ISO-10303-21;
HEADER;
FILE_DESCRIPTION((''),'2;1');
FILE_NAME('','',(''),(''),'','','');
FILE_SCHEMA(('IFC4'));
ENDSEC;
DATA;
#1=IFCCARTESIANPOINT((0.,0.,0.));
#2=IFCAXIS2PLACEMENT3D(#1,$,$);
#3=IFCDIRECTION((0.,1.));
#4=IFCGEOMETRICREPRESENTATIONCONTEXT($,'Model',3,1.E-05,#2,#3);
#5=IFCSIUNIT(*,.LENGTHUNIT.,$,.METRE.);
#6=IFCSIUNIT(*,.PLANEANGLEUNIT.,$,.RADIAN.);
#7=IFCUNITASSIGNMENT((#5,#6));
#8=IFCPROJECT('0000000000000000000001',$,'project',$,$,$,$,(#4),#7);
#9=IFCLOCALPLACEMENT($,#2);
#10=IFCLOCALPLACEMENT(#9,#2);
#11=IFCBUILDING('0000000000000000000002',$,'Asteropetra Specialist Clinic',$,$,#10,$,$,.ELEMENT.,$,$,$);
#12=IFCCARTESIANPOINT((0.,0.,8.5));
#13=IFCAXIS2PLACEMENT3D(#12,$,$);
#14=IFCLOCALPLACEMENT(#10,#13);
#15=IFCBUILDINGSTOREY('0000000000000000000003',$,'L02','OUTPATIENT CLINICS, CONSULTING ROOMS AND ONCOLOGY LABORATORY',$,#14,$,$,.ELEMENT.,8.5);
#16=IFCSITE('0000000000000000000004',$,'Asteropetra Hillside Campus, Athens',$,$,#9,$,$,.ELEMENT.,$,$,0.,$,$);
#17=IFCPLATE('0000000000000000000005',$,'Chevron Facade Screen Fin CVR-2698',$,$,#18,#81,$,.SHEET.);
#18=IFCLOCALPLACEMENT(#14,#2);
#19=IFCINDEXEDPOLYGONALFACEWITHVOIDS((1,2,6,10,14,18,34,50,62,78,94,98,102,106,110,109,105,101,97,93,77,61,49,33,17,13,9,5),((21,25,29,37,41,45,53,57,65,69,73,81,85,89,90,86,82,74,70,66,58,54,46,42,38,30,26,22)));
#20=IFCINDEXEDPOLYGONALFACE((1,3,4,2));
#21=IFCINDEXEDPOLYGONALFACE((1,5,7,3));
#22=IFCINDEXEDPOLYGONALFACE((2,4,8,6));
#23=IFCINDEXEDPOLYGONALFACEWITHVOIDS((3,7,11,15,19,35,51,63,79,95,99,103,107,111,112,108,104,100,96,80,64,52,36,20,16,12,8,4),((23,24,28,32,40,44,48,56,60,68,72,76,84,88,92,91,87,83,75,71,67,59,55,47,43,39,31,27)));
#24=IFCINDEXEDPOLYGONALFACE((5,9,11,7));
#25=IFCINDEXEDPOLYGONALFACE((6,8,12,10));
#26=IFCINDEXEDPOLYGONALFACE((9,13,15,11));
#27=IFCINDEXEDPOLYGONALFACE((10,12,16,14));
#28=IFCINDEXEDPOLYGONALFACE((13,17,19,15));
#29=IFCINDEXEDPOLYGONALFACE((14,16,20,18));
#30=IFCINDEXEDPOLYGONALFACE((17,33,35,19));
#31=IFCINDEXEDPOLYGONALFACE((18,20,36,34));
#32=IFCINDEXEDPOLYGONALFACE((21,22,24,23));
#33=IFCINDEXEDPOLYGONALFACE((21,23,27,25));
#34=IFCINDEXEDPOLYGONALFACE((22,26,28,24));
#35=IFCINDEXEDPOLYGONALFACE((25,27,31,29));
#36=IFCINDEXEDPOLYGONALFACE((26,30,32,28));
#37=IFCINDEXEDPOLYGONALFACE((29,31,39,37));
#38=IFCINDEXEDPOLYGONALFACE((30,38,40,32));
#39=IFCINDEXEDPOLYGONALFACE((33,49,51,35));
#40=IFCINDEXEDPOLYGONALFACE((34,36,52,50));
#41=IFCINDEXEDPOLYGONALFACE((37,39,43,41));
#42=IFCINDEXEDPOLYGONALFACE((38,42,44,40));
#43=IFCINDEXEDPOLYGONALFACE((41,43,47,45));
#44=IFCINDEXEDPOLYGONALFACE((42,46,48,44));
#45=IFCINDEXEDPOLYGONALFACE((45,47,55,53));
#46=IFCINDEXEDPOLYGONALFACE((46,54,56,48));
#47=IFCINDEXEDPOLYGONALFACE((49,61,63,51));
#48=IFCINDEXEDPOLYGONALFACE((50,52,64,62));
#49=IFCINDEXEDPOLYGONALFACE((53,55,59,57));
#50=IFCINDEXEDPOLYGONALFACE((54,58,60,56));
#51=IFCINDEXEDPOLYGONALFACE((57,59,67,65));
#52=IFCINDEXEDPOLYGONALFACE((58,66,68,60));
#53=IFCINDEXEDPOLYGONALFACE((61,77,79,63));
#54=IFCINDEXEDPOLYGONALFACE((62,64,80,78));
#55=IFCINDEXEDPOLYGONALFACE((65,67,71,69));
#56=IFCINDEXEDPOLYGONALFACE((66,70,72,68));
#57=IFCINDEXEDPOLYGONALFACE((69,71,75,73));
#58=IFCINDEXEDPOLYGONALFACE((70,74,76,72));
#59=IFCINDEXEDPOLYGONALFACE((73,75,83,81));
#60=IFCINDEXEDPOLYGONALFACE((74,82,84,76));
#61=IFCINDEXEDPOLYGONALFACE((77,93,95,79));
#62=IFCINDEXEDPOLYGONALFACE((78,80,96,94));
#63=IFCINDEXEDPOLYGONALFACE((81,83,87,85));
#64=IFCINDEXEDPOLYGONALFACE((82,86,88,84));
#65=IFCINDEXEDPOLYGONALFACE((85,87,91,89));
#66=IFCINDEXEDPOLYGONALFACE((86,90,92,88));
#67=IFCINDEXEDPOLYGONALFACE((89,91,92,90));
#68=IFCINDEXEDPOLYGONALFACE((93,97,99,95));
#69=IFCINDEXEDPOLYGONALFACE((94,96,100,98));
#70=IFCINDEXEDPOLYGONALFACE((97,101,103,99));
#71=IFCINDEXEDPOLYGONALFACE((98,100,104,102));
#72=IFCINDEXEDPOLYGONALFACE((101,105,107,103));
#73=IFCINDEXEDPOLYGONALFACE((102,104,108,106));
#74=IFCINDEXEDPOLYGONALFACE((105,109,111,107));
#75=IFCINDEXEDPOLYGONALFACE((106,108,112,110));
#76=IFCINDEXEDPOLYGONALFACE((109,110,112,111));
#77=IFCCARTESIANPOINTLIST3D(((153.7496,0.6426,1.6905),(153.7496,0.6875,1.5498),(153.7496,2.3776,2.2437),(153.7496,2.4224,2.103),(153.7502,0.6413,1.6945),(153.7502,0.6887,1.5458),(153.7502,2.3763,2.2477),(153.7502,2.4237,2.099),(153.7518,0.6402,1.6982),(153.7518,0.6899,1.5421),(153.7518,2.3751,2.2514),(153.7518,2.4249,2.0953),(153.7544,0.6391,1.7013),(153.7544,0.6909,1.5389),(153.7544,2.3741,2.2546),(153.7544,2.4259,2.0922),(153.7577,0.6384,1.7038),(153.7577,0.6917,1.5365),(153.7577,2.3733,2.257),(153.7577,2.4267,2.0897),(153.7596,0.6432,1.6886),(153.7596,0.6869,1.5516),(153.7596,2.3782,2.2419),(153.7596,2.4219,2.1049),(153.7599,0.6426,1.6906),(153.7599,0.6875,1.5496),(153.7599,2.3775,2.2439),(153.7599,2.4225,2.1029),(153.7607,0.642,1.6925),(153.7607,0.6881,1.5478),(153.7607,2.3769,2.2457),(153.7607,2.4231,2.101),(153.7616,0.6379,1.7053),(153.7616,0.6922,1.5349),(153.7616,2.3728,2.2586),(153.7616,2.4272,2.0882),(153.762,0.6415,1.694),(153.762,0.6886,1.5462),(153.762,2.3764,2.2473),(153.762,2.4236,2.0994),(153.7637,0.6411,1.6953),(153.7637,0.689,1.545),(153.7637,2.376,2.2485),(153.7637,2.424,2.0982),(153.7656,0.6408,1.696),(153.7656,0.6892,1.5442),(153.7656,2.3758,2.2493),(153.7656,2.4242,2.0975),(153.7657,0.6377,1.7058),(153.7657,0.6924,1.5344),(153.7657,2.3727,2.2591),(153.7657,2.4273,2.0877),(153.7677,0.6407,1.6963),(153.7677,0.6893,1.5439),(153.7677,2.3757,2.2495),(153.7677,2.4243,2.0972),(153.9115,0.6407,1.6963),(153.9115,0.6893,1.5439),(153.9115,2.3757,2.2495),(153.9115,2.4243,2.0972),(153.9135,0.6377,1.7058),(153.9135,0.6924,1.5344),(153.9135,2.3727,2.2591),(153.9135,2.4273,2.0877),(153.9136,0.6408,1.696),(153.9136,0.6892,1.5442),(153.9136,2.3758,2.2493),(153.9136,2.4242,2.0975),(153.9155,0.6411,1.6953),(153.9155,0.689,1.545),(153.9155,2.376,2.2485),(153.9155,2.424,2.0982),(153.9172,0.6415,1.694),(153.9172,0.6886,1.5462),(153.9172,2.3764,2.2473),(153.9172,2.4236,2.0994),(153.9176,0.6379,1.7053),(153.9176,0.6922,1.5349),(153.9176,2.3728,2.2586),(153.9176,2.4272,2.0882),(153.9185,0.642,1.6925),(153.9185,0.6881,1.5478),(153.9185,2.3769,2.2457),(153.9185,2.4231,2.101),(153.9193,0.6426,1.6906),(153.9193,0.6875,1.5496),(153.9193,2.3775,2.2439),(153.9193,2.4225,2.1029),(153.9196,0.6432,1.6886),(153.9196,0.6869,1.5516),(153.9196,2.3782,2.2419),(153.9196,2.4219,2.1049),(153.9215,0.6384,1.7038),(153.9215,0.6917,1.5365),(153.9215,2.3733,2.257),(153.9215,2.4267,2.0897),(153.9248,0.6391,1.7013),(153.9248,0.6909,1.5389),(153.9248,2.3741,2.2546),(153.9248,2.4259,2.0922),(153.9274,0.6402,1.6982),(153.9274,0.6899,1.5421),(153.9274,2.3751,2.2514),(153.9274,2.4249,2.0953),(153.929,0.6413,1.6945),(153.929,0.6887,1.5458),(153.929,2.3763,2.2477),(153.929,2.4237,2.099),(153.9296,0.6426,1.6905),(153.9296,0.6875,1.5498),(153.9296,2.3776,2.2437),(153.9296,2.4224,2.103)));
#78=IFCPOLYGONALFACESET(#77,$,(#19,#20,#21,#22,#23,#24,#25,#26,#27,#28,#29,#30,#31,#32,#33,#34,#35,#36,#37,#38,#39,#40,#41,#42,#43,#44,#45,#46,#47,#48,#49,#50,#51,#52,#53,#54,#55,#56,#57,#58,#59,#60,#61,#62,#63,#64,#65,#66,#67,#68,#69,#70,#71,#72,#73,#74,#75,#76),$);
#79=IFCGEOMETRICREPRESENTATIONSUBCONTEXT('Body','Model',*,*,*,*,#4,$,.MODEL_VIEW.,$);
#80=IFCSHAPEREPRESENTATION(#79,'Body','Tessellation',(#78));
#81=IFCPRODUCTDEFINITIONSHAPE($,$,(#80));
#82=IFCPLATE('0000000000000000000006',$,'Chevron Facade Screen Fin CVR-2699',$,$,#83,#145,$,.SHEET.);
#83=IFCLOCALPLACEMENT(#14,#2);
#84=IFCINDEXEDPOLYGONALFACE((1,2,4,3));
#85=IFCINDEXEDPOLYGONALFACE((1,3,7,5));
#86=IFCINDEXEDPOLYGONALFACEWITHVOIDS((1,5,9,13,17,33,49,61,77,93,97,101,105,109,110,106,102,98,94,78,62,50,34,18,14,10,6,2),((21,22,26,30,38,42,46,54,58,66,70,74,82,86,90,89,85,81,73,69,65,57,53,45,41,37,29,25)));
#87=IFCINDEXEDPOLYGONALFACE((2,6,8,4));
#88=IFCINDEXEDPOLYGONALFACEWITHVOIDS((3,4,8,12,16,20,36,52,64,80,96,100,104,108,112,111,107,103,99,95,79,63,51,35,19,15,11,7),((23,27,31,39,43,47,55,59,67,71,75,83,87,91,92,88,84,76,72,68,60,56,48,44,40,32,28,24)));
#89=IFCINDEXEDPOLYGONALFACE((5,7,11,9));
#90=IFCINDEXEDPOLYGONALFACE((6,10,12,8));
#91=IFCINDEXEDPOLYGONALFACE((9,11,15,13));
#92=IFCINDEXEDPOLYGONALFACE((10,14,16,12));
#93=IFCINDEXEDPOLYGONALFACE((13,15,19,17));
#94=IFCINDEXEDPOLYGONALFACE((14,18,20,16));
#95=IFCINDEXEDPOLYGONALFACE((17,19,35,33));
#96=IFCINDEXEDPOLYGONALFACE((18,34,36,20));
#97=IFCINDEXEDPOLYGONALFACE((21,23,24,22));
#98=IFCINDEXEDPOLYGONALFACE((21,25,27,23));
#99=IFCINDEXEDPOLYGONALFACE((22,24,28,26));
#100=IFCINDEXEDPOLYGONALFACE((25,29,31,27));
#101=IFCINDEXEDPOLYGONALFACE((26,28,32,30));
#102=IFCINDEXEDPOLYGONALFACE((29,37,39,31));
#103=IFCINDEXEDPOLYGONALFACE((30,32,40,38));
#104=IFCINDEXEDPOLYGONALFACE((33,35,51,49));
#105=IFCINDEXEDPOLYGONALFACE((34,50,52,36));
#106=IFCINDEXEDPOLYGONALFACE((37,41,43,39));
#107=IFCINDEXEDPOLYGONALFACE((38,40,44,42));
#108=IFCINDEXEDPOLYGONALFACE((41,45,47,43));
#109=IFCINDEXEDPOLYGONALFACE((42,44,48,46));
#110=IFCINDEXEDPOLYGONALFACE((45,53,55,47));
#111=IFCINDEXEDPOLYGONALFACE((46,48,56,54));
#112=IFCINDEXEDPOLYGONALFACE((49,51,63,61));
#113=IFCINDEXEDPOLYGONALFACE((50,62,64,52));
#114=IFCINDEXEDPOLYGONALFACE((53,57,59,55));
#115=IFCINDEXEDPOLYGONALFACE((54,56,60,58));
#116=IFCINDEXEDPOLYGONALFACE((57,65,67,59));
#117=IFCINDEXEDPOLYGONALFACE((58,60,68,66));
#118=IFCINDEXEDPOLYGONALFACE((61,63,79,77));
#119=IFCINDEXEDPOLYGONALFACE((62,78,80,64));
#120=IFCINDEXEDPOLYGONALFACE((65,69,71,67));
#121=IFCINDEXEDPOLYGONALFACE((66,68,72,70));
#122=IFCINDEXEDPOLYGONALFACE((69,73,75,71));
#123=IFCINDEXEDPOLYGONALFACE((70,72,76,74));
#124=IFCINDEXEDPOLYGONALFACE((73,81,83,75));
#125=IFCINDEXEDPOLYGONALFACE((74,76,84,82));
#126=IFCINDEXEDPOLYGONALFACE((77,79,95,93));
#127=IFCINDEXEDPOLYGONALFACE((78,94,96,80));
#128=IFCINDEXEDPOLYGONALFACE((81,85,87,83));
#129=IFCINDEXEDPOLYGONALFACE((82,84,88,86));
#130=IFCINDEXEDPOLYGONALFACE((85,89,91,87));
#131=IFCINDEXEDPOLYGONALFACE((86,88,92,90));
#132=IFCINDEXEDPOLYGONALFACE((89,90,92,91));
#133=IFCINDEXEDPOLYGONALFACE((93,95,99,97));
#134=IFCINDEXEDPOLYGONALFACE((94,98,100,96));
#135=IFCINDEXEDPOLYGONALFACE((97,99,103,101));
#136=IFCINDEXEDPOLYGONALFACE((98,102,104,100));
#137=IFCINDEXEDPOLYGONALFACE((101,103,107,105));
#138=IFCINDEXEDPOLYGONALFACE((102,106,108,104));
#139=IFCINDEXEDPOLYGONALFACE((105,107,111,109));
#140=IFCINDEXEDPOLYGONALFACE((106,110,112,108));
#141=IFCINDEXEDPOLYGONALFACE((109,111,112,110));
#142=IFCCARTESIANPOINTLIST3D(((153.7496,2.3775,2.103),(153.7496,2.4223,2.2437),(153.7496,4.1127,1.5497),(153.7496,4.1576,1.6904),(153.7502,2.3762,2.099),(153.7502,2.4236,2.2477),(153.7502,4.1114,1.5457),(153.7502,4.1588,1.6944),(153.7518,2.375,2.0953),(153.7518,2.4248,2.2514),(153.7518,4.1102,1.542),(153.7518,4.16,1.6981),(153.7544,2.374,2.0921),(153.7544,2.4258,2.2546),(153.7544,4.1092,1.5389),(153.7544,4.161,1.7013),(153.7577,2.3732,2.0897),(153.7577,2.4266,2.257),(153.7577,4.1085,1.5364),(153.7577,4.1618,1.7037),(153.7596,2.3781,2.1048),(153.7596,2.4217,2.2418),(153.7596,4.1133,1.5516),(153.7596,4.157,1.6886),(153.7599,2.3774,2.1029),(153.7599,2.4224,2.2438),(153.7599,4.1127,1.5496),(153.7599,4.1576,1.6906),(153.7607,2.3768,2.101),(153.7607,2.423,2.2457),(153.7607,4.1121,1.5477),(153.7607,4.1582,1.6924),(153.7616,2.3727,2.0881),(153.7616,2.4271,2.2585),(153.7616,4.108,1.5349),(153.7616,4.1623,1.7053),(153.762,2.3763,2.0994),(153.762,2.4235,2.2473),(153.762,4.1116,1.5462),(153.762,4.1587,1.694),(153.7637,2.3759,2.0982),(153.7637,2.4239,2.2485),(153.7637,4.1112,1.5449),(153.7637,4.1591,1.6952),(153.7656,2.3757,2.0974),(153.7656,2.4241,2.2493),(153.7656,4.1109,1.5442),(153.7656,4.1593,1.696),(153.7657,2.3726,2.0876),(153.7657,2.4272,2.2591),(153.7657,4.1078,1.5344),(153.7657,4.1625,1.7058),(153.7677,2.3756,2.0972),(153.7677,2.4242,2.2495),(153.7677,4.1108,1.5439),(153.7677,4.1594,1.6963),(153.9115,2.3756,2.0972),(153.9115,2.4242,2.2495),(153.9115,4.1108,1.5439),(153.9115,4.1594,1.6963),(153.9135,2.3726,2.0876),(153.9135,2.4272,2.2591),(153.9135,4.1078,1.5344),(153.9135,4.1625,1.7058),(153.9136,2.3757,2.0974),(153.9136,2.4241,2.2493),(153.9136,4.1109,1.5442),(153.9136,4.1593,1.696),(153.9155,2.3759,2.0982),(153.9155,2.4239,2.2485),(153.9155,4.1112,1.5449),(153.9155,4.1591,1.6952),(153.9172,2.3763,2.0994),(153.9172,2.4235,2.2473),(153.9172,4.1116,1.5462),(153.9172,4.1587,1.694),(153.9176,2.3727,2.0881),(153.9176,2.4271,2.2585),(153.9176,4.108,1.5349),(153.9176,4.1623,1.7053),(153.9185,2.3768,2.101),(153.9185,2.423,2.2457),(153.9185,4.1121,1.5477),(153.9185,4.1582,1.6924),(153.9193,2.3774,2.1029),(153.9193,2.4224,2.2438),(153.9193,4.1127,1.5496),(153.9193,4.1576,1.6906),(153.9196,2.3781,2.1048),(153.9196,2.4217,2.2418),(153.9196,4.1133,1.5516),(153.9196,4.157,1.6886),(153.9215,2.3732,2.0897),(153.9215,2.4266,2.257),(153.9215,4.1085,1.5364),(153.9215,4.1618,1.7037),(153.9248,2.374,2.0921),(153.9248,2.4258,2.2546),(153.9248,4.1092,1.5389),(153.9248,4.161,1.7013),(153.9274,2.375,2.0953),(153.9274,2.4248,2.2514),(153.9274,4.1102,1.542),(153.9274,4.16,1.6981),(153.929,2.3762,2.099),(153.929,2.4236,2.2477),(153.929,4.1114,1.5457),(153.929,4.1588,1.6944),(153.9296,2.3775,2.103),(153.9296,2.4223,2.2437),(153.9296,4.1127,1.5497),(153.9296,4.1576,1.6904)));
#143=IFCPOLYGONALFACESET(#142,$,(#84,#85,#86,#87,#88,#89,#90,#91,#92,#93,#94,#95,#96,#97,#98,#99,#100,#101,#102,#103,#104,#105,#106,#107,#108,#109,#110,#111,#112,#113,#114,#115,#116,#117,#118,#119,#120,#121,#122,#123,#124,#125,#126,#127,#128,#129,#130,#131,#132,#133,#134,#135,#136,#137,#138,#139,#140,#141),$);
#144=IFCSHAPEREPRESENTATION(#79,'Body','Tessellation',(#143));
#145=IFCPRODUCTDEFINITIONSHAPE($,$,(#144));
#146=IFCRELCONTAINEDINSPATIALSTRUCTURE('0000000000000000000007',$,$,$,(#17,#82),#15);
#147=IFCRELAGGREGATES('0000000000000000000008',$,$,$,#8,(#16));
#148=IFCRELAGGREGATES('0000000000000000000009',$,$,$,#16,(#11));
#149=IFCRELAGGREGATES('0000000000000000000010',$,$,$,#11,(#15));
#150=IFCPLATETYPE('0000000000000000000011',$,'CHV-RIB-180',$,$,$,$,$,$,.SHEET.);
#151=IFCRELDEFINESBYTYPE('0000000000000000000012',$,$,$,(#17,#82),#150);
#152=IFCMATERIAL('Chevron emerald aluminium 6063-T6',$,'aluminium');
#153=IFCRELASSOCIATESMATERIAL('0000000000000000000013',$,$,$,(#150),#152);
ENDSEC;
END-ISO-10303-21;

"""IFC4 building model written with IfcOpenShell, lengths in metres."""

from ifc_helpers import new_model, si_unit, direction, frame, origin, origin_2d, place, context, subcontext, project, spatial, hollow_rectangle, extrude, material, material_profile, profile_set, type_object, element, save


model = new_model("IFC4")

# Units and contexts
model_context = context("Model", 3, precision=1e-05, world=origin(), true_north=direction((0.0, 1.0)))
body_context = subcontext(model_context, "Body", "Model", "MODEL_VIEW")
ifc_project = project(units=[si_unit("LENGTHUNIT", "METRE"), si_unit("PLANEANGLEUNIT", "RADIAN")], contexts=[model_context])

# Site, building, storey
site_placement = place(None, origin())
site = spatial("IfcSite", under=ifc_project, at=site_placement, Name="Asteropetra Hillside Campus, Athens", CompositionType="ELEMENT", RefElevation=0.0)
building_placement = place(site_placement, origin())
building = spatial("IfcBuilding", under=site, at=building_placement, Name="Asteropetra Specialist Clinic", CompositionType="ELEMENT")
storey_placement = place(building_placement, frame((0.0, 0.0, 8.5)))
storey = spatial("IfcBuildingStorey", under=building, at=storey_placement, Name="L02", Description="OUTPATIENT CLINICS, CONSULTING ROOMS AND ONCOLOGY LABORATORY", CompositionType="ELEMENT", Elevation=8.5)

# Plates
ifc_material_1 = material(Name="Chevron emerald aluminium 6063-T6", Category="aluminium")
ifc_material_profile_1 = material_profile(ifc_material_1, hollow_rectangle(XDim=0.1799, YDim=0.1799, WallThickness=0.01, InnerFilletRadius=0.0081, OuterFilletRadius=0.0161, at=origin_2d()), Name="SHS 180x180x10.0")
ifc_profile_set_1 = profile_set([ifc_material_profile_1], Name="Chevron emerald aluminium 6063-T6")
plate_type = type_object("IfcPlateType", Name="CHV-RIB-180", PredefinedType="SHEET", material=ifc_profile_set_1)
plate_1_placement = place(storey_placement, frame((153.8396, 0.665, 1.6201), z_axis=(0.0, 0.952732, 0.303812), x_axis=(-1.0, 0.0, 0.0)))
element("IfcPlate", 1, at=plate_1_placement, inside=storey, type_object=plate_type, Name="Chevron Facade Screen Fin CVR-2698", PredefinedType="SHEET", context=body_context, shape_type="SweptSolid", body=[
    extrude(hollow_rectangle(XDim=0.1799, YDim=0.1799, WallThickness=0.01, InnerFilletRadius=0.0081, OuterFilletRadius=0.0161, at=origin_2d()), origin(), (0.0, 0.0, 1.0), 1.821),
])
plate_2_placement = place(storey_placement, frame((153.8396, 2.3999, 2.1733), z_axis=(0.0, 0.952744, -0.303774), x_axis=(-1.0, 0.0, 0.0)))
element("IfcPlate", 2, at=plate_2_placement, inside=storey, type_object=plate_type, Name="Chevron Facade Screen Fin CVR-2699", PredefinedType="SHEET", context=body_context, shape_type="SweptSolid", body=[
    extrude(hollow_rectangle(XDim=0.1799, YDim=0.1799, WallThickness=0.01, InnerFilletRadius=0.0081, OuterFilletRadius=0.0161, at=origin_2d()), origin(), (0.0, 0.0, 1.0), 1.8213),
])

save(model, "model.ifc")
